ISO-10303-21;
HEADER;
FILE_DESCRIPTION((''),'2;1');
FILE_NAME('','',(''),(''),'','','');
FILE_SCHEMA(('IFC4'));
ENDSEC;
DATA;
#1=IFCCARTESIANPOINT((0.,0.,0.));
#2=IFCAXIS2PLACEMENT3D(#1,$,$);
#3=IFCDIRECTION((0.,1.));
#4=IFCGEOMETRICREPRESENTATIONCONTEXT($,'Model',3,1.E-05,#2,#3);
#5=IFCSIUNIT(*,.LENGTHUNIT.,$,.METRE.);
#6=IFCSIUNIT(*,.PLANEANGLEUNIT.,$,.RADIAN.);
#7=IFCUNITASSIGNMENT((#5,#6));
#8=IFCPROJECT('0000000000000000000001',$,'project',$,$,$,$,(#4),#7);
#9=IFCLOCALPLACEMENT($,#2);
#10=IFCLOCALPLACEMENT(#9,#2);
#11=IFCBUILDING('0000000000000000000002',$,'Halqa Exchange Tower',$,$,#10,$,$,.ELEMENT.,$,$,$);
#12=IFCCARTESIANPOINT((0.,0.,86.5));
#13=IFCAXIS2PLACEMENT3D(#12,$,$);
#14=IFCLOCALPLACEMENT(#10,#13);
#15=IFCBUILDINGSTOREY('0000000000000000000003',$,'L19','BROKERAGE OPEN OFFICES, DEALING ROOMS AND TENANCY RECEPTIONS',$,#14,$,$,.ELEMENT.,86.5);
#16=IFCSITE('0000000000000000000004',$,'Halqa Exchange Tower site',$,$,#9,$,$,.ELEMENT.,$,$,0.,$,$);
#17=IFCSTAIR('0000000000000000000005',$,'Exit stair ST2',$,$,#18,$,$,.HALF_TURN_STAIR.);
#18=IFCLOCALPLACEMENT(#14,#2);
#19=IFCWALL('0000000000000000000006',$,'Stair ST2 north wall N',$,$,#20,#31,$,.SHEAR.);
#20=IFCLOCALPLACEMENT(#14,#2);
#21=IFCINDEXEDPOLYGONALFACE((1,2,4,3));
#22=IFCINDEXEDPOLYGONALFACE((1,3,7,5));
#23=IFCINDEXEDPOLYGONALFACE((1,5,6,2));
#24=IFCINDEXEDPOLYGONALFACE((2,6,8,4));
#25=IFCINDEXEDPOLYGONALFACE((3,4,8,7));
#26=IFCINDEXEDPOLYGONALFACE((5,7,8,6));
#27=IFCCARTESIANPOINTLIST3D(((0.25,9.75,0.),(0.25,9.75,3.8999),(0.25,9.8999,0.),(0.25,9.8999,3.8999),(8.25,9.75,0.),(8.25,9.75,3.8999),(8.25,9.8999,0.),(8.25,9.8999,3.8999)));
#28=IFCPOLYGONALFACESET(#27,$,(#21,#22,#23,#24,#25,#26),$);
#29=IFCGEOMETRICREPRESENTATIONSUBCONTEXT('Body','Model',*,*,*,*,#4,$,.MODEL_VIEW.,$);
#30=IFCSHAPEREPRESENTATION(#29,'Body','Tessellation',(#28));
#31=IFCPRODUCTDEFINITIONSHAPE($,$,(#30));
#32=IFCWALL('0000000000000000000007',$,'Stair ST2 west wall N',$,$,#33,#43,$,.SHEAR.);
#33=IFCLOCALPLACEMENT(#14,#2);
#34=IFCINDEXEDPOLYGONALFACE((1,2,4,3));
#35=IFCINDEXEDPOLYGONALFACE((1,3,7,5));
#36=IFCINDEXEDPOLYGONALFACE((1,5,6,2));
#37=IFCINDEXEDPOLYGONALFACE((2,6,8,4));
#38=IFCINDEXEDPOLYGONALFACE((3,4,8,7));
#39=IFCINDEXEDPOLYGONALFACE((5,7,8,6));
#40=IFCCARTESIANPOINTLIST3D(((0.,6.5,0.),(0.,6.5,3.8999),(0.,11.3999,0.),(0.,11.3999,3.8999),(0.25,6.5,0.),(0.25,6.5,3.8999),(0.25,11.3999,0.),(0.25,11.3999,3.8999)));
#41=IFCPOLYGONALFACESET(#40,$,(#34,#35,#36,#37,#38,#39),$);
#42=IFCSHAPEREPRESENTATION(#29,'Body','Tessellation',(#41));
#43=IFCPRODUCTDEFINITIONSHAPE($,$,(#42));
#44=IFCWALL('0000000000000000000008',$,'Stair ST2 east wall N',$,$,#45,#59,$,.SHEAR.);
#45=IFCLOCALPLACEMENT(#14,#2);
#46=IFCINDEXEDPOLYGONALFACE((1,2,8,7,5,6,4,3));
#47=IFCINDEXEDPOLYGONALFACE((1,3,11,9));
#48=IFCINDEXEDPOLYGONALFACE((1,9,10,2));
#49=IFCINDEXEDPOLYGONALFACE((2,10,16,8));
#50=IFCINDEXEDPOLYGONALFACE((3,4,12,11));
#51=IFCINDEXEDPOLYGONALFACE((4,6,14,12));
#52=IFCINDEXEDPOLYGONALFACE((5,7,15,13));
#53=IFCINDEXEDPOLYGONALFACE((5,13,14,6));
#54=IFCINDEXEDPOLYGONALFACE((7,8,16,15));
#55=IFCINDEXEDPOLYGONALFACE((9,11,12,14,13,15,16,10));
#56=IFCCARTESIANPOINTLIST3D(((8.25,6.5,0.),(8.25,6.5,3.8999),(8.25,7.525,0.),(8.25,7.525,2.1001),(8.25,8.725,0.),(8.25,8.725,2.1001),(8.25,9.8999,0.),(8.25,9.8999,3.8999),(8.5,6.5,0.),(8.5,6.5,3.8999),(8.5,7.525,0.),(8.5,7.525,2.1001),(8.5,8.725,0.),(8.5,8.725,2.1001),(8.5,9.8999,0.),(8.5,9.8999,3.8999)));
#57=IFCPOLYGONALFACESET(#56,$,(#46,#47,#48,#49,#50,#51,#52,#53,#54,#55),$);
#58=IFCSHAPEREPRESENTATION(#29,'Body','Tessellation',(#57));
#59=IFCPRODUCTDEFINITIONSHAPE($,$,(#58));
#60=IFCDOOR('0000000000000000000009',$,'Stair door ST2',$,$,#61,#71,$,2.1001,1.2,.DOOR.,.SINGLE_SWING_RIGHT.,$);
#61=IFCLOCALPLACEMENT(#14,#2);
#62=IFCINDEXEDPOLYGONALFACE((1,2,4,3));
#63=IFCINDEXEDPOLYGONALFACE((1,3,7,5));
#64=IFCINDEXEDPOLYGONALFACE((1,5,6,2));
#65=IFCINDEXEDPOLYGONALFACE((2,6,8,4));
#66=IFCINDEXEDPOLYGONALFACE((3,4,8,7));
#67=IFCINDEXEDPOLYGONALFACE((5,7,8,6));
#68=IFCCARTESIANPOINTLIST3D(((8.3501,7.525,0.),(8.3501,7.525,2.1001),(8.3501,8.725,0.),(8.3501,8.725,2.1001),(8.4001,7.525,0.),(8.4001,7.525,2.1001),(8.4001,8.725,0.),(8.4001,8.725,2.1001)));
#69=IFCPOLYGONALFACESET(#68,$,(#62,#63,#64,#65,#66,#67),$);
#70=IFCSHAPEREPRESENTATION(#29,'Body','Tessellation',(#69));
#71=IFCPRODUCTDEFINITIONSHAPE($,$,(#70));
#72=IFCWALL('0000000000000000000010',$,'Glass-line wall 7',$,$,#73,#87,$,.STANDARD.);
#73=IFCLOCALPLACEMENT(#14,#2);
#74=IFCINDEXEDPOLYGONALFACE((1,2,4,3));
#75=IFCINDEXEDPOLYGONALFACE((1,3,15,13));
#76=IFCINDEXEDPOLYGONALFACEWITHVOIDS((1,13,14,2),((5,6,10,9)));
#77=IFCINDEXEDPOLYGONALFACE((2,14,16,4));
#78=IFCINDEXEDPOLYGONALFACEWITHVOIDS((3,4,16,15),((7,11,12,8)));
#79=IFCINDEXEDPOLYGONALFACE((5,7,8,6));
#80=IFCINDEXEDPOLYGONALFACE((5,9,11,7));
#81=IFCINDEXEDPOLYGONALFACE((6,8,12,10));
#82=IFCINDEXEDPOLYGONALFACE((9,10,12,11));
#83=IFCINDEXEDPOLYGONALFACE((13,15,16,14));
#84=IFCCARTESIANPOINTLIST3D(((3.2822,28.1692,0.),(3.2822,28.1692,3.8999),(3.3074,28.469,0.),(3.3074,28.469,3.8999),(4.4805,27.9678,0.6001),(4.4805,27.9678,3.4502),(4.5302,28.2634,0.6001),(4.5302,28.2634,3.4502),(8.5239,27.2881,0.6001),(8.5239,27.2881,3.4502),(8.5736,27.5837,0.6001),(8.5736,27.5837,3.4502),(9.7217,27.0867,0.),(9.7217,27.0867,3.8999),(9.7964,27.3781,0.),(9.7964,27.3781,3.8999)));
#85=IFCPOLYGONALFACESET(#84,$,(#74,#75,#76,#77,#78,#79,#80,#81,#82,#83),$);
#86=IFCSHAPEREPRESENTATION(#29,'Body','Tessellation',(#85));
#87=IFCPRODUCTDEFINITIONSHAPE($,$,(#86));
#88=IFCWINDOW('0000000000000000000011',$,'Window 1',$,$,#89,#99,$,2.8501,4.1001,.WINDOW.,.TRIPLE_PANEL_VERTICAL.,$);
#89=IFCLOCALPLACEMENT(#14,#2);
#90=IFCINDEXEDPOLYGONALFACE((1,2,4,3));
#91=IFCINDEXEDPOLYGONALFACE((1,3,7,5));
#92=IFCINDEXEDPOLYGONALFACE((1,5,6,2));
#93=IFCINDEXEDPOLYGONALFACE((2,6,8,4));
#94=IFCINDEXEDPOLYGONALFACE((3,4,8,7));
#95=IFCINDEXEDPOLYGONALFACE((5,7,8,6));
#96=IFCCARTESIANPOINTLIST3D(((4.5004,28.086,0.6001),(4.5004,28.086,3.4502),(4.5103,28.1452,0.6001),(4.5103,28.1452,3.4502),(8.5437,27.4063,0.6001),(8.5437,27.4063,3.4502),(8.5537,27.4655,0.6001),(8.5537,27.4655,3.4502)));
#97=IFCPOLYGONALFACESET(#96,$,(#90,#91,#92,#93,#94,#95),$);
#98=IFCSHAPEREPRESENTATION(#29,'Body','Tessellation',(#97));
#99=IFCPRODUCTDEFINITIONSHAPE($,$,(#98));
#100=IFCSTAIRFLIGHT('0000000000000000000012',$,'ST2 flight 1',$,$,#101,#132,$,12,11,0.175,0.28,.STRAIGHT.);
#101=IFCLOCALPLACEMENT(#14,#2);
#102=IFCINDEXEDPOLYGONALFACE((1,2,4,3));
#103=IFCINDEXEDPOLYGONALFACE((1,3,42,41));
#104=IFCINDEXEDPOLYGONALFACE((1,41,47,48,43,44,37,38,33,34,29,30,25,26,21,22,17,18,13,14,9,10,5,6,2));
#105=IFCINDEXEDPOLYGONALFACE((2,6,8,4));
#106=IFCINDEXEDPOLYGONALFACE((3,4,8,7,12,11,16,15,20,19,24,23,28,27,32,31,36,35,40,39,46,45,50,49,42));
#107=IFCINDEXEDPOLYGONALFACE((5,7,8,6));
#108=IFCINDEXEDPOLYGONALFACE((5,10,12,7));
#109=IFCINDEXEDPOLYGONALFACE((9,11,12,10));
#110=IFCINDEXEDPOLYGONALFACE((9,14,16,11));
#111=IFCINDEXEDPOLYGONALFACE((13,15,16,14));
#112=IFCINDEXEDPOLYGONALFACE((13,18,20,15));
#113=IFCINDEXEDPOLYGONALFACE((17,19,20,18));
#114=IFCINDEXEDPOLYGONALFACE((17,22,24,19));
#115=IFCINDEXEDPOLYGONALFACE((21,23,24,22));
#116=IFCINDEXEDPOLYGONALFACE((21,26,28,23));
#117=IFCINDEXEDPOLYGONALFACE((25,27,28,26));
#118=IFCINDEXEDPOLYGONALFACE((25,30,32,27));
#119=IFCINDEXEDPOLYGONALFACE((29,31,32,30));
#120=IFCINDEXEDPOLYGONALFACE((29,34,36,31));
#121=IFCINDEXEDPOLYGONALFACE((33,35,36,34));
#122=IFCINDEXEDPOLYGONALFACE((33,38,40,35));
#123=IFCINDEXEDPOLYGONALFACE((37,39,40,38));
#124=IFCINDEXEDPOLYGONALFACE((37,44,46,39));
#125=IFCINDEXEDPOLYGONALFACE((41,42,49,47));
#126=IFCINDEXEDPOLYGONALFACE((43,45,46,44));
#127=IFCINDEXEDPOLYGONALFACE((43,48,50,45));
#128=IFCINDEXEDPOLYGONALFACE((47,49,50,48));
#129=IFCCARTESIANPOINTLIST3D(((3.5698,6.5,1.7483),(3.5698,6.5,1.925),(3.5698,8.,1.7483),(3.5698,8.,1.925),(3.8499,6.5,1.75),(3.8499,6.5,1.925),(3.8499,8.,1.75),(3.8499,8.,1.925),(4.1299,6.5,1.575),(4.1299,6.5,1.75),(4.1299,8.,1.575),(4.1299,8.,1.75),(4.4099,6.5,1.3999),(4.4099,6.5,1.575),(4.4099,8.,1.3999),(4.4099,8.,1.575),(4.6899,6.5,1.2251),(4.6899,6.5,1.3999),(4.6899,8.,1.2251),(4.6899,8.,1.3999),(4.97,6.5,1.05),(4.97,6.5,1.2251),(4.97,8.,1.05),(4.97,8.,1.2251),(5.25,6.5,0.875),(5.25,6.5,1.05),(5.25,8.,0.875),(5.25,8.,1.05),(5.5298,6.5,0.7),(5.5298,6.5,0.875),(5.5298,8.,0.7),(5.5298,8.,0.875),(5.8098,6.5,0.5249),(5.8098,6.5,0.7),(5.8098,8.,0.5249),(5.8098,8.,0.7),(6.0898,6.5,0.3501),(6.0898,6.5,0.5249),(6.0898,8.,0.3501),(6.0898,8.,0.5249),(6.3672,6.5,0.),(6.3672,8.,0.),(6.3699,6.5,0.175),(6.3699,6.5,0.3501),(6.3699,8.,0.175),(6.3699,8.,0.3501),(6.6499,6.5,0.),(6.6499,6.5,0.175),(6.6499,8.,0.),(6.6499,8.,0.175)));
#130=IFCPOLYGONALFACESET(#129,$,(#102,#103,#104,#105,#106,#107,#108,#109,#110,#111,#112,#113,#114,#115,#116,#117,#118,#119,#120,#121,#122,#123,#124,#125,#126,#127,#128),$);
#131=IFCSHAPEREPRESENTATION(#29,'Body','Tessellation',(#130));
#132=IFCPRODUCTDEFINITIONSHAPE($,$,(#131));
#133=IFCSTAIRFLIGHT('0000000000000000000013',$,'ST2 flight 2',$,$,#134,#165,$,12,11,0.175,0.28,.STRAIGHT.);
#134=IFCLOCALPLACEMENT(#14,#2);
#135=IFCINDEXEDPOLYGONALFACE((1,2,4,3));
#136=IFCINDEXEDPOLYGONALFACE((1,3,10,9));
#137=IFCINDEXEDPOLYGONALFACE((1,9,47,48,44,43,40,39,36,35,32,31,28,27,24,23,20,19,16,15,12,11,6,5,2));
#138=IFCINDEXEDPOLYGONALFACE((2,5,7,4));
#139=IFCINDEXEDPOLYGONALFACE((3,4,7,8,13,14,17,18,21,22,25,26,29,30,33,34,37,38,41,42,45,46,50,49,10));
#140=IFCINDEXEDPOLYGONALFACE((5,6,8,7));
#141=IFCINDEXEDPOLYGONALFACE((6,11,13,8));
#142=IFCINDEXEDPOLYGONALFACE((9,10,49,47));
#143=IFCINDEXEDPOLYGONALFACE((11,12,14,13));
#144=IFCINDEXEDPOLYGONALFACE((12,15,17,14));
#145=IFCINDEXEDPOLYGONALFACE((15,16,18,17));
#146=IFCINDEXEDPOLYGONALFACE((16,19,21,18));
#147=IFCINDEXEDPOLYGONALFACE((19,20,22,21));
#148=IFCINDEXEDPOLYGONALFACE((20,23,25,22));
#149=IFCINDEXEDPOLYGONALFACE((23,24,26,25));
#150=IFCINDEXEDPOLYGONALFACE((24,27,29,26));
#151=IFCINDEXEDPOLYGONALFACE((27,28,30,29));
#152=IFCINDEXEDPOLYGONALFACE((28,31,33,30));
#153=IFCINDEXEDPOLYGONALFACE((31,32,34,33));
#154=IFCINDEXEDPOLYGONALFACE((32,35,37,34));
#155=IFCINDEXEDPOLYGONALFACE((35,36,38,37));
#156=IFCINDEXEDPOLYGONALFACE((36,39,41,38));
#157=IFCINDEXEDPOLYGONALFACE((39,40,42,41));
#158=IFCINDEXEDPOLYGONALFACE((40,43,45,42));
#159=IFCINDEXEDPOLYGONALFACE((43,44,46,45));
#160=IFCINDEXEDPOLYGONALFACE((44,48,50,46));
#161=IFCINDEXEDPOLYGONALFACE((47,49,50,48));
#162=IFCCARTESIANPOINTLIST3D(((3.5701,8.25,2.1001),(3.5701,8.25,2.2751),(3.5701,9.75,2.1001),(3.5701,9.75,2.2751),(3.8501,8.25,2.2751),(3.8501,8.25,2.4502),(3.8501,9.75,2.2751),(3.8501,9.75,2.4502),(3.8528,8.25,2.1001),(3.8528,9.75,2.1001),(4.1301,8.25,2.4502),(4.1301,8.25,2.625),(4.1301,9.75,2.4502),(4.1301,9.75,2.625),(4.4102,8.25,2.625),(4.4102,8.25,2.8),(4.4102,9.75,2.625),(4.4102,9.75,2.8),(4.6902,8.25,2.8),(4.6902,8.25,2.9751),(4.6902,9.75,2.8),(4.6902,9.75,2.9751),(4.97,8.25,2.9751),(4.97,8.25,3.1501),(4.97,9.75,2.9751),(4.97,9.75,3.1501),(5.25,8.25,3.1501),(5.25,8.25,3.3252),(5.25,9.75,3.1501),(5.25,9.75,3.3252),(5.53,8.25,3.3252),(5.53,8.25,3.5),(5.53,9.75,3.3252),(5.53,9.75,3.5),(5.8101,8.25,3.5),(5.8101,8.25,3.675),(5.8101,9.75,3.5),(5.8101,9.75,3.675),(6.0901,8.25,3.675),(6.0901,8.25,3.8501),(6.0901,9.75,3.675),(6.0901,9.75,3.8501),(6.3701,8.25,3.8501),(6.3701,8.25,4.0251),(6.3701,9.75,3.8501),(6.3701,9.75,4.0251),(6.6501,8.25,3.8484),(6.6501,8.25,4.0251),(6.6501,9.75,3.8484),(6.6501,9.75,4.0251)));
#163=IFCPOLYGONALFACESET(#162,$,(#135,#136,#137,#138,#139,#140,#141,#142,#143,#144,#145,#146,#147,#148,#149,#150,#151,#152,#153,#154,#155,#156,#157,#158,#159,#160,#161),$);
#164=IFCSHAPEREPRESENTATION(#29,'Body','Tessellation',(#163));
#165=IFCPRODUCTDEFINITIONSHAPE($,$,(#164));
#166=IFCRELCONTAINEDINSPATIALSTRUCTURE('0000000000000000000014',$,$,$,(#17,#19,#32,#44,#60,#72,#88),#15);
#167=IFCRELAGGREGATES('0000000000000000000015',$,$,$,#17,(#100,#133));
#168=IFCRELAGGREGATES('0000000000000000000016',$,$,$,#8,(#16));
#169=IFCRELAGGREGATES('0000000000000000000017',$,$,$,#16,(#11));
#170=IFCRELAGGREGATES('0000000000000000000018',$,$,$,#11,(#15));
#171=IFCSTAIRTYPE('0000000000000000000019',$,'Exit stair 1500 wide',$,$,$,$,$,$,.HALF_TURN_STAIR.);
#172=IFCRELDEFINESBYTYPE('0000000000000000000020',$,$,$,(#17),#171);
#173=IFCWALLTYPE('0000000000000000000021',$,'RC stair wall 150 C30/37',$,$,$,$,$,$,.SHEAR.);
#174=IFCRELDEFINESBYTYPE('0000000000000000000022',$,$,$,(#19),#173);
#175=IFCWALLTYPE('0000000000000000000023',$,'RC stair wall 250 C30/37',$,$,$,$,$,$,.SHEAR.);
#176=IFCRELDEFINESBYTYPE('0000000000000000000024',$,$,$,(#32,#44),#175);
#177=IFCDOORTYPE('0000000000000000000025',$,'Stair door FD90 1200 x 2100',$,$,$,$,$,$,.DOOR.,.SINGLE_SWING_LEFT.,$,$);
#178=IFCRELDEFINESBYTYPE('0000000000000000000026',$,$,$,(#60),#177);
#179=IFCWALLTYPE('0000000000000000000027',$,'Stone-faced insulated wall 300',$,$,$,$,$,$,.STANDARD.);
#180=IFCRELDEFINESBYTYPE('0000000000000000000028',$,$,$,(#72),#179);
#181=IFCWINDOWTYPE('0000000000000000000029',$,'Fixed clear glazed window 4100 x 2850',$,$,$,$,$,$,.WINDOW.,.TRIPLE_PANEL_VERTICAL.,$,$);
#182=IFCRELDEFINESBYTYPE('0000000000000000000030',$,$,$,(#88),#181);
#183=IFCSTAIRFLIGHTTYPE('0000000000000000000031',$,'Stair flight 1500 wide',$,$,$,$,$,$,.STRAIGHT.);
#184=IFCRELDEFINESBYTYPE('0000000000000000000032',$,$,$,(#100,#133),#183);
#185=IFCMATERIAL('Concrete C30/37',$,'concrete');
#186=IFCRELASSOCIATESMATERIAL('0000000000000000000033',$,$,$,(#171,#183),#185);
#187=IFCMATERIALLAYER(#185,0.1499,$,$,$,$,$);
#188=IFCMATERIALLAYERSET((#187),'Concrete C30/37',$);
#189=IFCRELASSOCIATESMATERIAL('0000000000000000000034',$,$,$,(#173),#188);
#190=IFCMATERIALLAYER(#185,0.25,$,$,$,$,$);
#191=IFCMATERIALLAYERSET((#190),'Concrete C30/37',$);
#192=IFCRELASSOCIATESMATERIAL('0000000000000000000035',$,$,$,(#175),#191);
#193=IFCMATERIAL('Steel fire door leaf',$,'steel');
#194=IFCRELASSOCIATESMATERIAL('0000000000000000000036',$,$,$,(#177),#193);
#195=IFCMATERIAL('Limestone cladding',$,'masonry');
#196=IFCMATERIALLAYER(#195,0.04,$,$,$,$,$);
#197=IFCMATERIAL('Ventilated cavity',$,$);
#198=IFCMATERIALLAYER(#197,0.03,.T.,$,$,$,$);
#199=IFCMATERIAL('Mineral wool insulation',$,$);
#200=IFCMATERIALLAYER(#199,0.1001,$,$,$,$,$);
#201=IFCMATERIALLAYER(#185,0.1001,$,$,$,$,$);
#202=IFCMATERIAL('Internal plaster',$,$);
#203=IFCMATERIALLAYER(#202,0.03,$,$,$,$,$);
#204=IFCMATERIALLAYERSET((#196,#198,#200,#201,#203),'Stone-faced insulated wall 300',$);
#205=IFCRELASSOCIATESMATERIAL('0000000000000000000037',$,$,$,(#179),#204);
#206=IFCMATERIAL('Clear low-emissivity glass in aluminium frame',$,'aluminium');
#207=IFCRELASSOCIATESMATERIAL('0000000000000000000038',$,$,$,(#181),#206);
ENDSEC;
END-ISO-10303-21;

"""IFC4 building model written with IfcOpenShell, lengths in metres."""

from ifc_helpers import new_model, si_unit, direction, frame, frame_2d, origin, place, context, subcontext, project, spatial, polyline, rectangle, outline, extrude, material, layer, layer_set, type_object, element, fill, aggregate, save


model = new_model("IFC4")

# Units and contexts
model_context = context("Model", 3, precision=1e-05, world=origin(), true_north=direction((0.0, 1.0)))
body_context = subcontext(model_context, "Body", "Model", "MODEL_VIEW")
ifc_project = project(units=[si_unit("LENGTHUNIT", "METRE"), si_unit("PLANEANGLEUNIT", "RADIAN")], contexts=[model_context])

# Site, building, storey
site_placement = place(None, origin())
site = spatial("IfcSite", under=ifc_project, at=site_placement, Name="Halqa Exchange Tower site", CompositionType="ELEMENT", RefElevation=0.0)
building_placement = place(site_placement, origin())
building = spatial("IfcBuilding", under=site, at=building_placement, Name="Halqa Exchange Tower", CompositionType="ELEMENT")
storey_placement = place(building_placement, frame((0.0, 0.0, 86.5)))
storey = spatial("IfcBuildingStorey", under=building, at=storey_placement, Name="L19", Description="BROKERAGE OPEN OFFICES, DEALING ROOMS AND TENANCY RECEPTIONS", CompositionType="ELEMENT", Elevation=86.5)

# Stair
ifc_material_1 = material(Name="Concrete C30/37", Category="concrete")
stair_type = type_object("IfcStairType", Name="Exit stair 1500 wide", PredefinedType="HALF_TURN_STAIR", material=ifc_material_1)
stair_1_placement = place(storey_placement, origin())
stair_1 = element("IfcStair", 1, at=stair_1_placement, inside=storey, type_object=stair_type, Name="Exit stair ST2", PredefinedType="HALF_TURN_STAIR")

# Walls
ifc_layer_1 = layer(ifc_material_1, 0.1499)
ifc_layer_set_1 = layer_set([ifc_layer_1], Name="Concrete C30/37")
wall_type_1 = type_object("IfcWallType", Name="RC stair wall 150 C30/37", PredefinedType="SHEAR", material=ifc_layer_set_1)
wall_1_placement = place(storey_placement, frame((0.25, 9.825, 0.0), z_axis=(0.0, 0.0, 1.0), x_axis=(1.0, 0.0, 0.0)))
element("IfcWall", 2, at=wall_1_placement, inside=storey, type_object=wall_type_1, Name="Stair ST2 north wall N", PredefinedType="SHEAR", context=body_context, shape_type="SweptSolid", body=[
    extrude(rectangle(XDim=8.0, YDim=0.1499, at=frame_2d((4.0, 0.0))), origin(), (0.0, 0.0, 1.0), 3.8999),
])
ifc_layer_2 = layer(ifc_material_1, 0.25)
ifc_layer_set_2 = layer_set([ifc_layer_2], Name="Concrete C30/37")
wall_type_2 = type_object("IfcWallType", Name="RC stair wall 250 C30/37", PredefinedType="SHEAR", material=ifc_layer_set_2)
wall_2_placement = place(storey_placement, frame((0.125, 6.5, 0.0), z_axis=(0.0, 0.0, 1.0), x_axis=(0.0, 1.0, 0.0)))
element("IfcWall", 3, at=wall_2_placement, inside=storey, type_object=wall_type_2, Name="Stair ST2 west wall N", PredefinedType="SHEAR", context=body_context, shape_type="SweptSolid", body=[
    extrude(rectangle(XDim=4.8999, YDim=0.25, at=frame_2d((2.45, 0.0))), origin(), (0.0, 0.0, 1.0), 3.8999),
])

# Wall, opening, door
wall_3_placement = place(storey_placement, frame((8.375, 6.5, 0.0), z_axis=(0.0, 0.0, 1.0), x_axis=(0.0, 1.0, 0.0)))
wall_3 = element("IfcWall", 4, at=wall_3_placement, inside=storey, type_object=wall_type_2, Name="Stair ST2 east wall N", PredefinedType="SHEAR", context=body_context, shape_type="SweptSolid", body=[
    extrude(rectangle(XDim=3.3999, YDim=0.25, at=frame_2d((1.7, 0.0))), origin(), (0.0, 0.0, 1.0), 3.8999),
])
opening_1_placement = place(wall_3_placement, frame((1.0249, 0.0, 0.0)))
opening_1 = element("IfcOpeningElement", 5, at=opening_1_placement, cuts=wall_3, PredefinedType="OPENING", context=body_context, shape_type="SweptSolid", body=[
    extrude(rectangle(XDim=1.2, YDim=2.1001, at=frame_2d((0.6001, 1.05))), frame((0.0, 0.137, 0.0), z_axis=(0.0, -1.0, 0.0), x_axis=(1.0, 0.0, 0.0)), (0.0, 0.0, 1.0), 0.2739),
])
ifc_material_2 = material(Name="Steel fire door leaf", Category="steel")
door_type_1 = type_object("IfcDoorType", Name="Stair door FD90 1200 x 2100", OperationType="SINGLE_SWING_LEFT", PredefinedType="DOOR", material=ifc_material_2)
door_1_placement = place(opening_1_placement, origin())
door_1 = element("IfcDoor", 6, at=door_1_placement, inside=storey, type_object=door_type_1, Name="Stair door ST2", OperationType="SINGLE_SWING_RIGHT", OverallHeight=2.1001, OverallWidth=1.2, PredefinedType="DOOR", context=body_context, shape_type="SweptSolid", body=[
    extrude(rectangle(XDim=1.2, YDim=2.1001, at=frame_2d((0.6001, 1.05))), frame((0.0, 0.0249, 0.0), z_axis=(0.0, -1.0, 0.0), x_axis=(1.0, 0.0, 0.0)), (0.0, 0.0, 1.0), 0.05),
])
fill(opening_1, door_1)

# Wall, opening, window
ifc_material_3 = material(Name="Limestone cladding", Category="masonry")
ifc_layer_3 = layer(ifc_material_3, 0.04)
ifc_material_4 = material(Name="Ventilated cavity")
ifc_layer_4 = layer(ifc_material_4, 0.03, ventilated=True)
ifc_material_5 = material(Name="Mineral wool insulation")
ifc_layer_5 = layer(ifc_material_5, 0.1001)
ifc_layer_6 = layer(ifc_material_1, 0.1001)
ifc_material_6 = material(Name="Internal plaster")
ifc_layer_7 = layer(ifc_material_6, 0.03)
ifc_layer_set_3 = layer_set([ifc_layer_3, ifc_layer_4, ifc_layer_5, ifc_layer_6, ifc_layer_7], Name="Stone-faced insulated wall 300")
wall_type_3 = type_object("IfcWallType", Name="Stone-faced insulated wall 300", PredefinedType="STANDARD", material=ifc_layer_set_3)
wall_4_placement = place(storey_placement, frame((9.759, 27.2324, 0.0), z_axis=(0.0, 0.0, 1.0), x_axis=(-0.986162, 0.165782, 0.0)))
wall_4 = element("IfcWall", 7, at=wall_4_placement, inside=storey, type_object=wall_type_3, Name="Glass-line wall 7", PredefinedType="STANDARD", context=body_context, shape_type="SweptSolid", body=[
    extrude(outline(polyline([(-0.0127, -0.1499), (6.5674, -0.1499), (6.5425, 0.1499), (0.0127, 0.1499), (-0.0127, -0.1499)])), origin(), (0.0, 0.0, 1.0), 3.8999),
])
opening_2_placement = place(wall_4_placement, frame((1.2273, 0.0, 0.6001)))
opening_2 = element("IfcOpeningElement", 8, at=opening_2_placement, cuts=wall_4, PredefinedType="OPENING", context=body_context, shape_type="SweptSolid", body=[
    extrude(rectangle(XDim=4.1001, YDim=2.8501, at=frame_2d((2.05, 1.425))), frame((0.0, 0.1621, 0.0), z_axis=(0.0, -1.0, 0.0), x_axis=(1.0, 0.0, 0.0)), (0.0, 0.0, 1.0), 0.324),
])
ifc_material_7 = material(Name="Clear low-emissivity glass in aluminium frame", Category="aluminium")
window_type = type_object("IfcWindowType", Name="Fixed clear glazed window 4100 x 2850", PartitioningType="TRIPLE_PANEL_VERTICAL", PredefinedType="WINDOW", material=ifc_material_7)
window_placement = place(opening_2_placement, origin())
window = element("IfcWindow", 9, at=window_placement, inside=storey, type_object=window_type, Name="Window 1", OverallHeight=2.8501, OverallWidth=4.1001, PartitioningType="TRIPLE_PANEL_VERTICAL", PredefinedType="WINDOW", context=body_context, shape_type="SweptSolid", body=[
    extrude(rectangle(XDim=4.1001, YDim=2.8501, at=frame_2d((2.05, 1.425))), frame((0.0, 0.03, 0.0), z_axis=(0.0, -1.0, 0.0), x_axis=(1.0, 0.0, 0.0)), (0.0, 0.0, 1.0), 0.0601),
])
fill(opening_2, window)

# Stair flights
stair_flight_type = type_object("IfcStairFlightType", Name="Stair flight 1500 wide", PredefinedType="STRAIGHT", material=ifc_material_1)
stair_flight_1_placement = place(storey_placement, frame((6.6499, 7.25, 0.0), z_axis=(0.0, 0.0, 1.0), x_axis=(-1.0, 0.0, 0.0)))
stair_flight_1 = element("IfcStairFlight", 10, at=stair_flight_1_placement, type_object=stair_flight_type, Name="ST2 flight 1", NumberOfRisers=12, NumberOfTreads=11, PredefinedType="STRAIGHT", RiserHeight=0.175, TreadLength=0.28, context=body_context, shape_type="SweptSolid", body=[
    extrude(outline(polyline([(0.0, 0.0), (0.0, 0.175), (0.28, 0.175), (0.28, 0.3501), (0.5601, 0.3501), (0.5601, 0.5249), (0.8401, 0.5249), (0.8401, 0.7), (1.1201, 0.7), (1.1201, 0.875), (1.3999, 0.875), (1.3999, 1.05), (1.6799, 1.05), (1.6799, 1.2251), (1.96, 1.2251), (1.96, 1.3999), (2.24, 1.3999), (2.24, 1.575), (2.52, 1.575), (2.52, 1.75), (2.8, 1.75), (2.8, 1.925), (3.0801, 1.925), (3.0801, 2.1001), (3.0801, 1.7483), (0.2827, 0.0), (0.0, 0.0)])), frame((0.0, 0.75, 0.0), z_axis=(0.0, -1.0, 0.0), x_axis=(1.0, 0.0, 0.0)), (0.0, 0.0, 1.0), 1.5),
])
stair_flight_2_placement = place(storey_placement, frame((3.5701, 9.0, 2.1001), z_axis=(0.0, 0.0, 1.0), x_axis=(1.0, 0.0, 0.0)))
stair_flight_2 = element("IfcStairFlight", 11, at=stair_flight_2_placement, type_object=stair_flight_type, Name="ST2 flight 2", NumberOfRisers=12, NumberOfTreads=11, PredefinedType="STRAIGHT", RiserHeight=0.175, TreadLength=0.28, context=body_context, shape_type="SweptSolid", body=[
    extrude(outline(polyline([(0.0, 0.0), (0.0, 0.175), (0.28, 0.175), (0.28, 0.3501), (0.5601, 0.3501), (0.5601, 0.5249), (0.8401, 0.5249), (0.8401, 0.7), (1.1201, 0.7), (1.1201, 0.875), (1.3999, 0.875), (1.3999, 1.05), (1.6799, 1.05), (1.6799, 1.2251), (1.96, 1.2251), (1.96, 1.3999), (2.24, 1.3999), (2.24, 1.575), (2.52, 1.575), (2.52, 1.75), (2.8, 1.75), (2.8, 1.925), (3.0801, 1.925), (3.0801, 2.1001), (3.0801, 1.7483), (0.2827, 0.0), (0.0, 0.0)])), frame((0.0, 0.75, 0.0), z_axis=(0.0, -1.0, 0.0), x_axis=(1.0, 0.0, 0.0)), (0.0, 0.0, 1.0), 1.5),
])
aggregate(stair_1, [stair_flight_1, stair_flight_2])

save(model, "model.ifc")
